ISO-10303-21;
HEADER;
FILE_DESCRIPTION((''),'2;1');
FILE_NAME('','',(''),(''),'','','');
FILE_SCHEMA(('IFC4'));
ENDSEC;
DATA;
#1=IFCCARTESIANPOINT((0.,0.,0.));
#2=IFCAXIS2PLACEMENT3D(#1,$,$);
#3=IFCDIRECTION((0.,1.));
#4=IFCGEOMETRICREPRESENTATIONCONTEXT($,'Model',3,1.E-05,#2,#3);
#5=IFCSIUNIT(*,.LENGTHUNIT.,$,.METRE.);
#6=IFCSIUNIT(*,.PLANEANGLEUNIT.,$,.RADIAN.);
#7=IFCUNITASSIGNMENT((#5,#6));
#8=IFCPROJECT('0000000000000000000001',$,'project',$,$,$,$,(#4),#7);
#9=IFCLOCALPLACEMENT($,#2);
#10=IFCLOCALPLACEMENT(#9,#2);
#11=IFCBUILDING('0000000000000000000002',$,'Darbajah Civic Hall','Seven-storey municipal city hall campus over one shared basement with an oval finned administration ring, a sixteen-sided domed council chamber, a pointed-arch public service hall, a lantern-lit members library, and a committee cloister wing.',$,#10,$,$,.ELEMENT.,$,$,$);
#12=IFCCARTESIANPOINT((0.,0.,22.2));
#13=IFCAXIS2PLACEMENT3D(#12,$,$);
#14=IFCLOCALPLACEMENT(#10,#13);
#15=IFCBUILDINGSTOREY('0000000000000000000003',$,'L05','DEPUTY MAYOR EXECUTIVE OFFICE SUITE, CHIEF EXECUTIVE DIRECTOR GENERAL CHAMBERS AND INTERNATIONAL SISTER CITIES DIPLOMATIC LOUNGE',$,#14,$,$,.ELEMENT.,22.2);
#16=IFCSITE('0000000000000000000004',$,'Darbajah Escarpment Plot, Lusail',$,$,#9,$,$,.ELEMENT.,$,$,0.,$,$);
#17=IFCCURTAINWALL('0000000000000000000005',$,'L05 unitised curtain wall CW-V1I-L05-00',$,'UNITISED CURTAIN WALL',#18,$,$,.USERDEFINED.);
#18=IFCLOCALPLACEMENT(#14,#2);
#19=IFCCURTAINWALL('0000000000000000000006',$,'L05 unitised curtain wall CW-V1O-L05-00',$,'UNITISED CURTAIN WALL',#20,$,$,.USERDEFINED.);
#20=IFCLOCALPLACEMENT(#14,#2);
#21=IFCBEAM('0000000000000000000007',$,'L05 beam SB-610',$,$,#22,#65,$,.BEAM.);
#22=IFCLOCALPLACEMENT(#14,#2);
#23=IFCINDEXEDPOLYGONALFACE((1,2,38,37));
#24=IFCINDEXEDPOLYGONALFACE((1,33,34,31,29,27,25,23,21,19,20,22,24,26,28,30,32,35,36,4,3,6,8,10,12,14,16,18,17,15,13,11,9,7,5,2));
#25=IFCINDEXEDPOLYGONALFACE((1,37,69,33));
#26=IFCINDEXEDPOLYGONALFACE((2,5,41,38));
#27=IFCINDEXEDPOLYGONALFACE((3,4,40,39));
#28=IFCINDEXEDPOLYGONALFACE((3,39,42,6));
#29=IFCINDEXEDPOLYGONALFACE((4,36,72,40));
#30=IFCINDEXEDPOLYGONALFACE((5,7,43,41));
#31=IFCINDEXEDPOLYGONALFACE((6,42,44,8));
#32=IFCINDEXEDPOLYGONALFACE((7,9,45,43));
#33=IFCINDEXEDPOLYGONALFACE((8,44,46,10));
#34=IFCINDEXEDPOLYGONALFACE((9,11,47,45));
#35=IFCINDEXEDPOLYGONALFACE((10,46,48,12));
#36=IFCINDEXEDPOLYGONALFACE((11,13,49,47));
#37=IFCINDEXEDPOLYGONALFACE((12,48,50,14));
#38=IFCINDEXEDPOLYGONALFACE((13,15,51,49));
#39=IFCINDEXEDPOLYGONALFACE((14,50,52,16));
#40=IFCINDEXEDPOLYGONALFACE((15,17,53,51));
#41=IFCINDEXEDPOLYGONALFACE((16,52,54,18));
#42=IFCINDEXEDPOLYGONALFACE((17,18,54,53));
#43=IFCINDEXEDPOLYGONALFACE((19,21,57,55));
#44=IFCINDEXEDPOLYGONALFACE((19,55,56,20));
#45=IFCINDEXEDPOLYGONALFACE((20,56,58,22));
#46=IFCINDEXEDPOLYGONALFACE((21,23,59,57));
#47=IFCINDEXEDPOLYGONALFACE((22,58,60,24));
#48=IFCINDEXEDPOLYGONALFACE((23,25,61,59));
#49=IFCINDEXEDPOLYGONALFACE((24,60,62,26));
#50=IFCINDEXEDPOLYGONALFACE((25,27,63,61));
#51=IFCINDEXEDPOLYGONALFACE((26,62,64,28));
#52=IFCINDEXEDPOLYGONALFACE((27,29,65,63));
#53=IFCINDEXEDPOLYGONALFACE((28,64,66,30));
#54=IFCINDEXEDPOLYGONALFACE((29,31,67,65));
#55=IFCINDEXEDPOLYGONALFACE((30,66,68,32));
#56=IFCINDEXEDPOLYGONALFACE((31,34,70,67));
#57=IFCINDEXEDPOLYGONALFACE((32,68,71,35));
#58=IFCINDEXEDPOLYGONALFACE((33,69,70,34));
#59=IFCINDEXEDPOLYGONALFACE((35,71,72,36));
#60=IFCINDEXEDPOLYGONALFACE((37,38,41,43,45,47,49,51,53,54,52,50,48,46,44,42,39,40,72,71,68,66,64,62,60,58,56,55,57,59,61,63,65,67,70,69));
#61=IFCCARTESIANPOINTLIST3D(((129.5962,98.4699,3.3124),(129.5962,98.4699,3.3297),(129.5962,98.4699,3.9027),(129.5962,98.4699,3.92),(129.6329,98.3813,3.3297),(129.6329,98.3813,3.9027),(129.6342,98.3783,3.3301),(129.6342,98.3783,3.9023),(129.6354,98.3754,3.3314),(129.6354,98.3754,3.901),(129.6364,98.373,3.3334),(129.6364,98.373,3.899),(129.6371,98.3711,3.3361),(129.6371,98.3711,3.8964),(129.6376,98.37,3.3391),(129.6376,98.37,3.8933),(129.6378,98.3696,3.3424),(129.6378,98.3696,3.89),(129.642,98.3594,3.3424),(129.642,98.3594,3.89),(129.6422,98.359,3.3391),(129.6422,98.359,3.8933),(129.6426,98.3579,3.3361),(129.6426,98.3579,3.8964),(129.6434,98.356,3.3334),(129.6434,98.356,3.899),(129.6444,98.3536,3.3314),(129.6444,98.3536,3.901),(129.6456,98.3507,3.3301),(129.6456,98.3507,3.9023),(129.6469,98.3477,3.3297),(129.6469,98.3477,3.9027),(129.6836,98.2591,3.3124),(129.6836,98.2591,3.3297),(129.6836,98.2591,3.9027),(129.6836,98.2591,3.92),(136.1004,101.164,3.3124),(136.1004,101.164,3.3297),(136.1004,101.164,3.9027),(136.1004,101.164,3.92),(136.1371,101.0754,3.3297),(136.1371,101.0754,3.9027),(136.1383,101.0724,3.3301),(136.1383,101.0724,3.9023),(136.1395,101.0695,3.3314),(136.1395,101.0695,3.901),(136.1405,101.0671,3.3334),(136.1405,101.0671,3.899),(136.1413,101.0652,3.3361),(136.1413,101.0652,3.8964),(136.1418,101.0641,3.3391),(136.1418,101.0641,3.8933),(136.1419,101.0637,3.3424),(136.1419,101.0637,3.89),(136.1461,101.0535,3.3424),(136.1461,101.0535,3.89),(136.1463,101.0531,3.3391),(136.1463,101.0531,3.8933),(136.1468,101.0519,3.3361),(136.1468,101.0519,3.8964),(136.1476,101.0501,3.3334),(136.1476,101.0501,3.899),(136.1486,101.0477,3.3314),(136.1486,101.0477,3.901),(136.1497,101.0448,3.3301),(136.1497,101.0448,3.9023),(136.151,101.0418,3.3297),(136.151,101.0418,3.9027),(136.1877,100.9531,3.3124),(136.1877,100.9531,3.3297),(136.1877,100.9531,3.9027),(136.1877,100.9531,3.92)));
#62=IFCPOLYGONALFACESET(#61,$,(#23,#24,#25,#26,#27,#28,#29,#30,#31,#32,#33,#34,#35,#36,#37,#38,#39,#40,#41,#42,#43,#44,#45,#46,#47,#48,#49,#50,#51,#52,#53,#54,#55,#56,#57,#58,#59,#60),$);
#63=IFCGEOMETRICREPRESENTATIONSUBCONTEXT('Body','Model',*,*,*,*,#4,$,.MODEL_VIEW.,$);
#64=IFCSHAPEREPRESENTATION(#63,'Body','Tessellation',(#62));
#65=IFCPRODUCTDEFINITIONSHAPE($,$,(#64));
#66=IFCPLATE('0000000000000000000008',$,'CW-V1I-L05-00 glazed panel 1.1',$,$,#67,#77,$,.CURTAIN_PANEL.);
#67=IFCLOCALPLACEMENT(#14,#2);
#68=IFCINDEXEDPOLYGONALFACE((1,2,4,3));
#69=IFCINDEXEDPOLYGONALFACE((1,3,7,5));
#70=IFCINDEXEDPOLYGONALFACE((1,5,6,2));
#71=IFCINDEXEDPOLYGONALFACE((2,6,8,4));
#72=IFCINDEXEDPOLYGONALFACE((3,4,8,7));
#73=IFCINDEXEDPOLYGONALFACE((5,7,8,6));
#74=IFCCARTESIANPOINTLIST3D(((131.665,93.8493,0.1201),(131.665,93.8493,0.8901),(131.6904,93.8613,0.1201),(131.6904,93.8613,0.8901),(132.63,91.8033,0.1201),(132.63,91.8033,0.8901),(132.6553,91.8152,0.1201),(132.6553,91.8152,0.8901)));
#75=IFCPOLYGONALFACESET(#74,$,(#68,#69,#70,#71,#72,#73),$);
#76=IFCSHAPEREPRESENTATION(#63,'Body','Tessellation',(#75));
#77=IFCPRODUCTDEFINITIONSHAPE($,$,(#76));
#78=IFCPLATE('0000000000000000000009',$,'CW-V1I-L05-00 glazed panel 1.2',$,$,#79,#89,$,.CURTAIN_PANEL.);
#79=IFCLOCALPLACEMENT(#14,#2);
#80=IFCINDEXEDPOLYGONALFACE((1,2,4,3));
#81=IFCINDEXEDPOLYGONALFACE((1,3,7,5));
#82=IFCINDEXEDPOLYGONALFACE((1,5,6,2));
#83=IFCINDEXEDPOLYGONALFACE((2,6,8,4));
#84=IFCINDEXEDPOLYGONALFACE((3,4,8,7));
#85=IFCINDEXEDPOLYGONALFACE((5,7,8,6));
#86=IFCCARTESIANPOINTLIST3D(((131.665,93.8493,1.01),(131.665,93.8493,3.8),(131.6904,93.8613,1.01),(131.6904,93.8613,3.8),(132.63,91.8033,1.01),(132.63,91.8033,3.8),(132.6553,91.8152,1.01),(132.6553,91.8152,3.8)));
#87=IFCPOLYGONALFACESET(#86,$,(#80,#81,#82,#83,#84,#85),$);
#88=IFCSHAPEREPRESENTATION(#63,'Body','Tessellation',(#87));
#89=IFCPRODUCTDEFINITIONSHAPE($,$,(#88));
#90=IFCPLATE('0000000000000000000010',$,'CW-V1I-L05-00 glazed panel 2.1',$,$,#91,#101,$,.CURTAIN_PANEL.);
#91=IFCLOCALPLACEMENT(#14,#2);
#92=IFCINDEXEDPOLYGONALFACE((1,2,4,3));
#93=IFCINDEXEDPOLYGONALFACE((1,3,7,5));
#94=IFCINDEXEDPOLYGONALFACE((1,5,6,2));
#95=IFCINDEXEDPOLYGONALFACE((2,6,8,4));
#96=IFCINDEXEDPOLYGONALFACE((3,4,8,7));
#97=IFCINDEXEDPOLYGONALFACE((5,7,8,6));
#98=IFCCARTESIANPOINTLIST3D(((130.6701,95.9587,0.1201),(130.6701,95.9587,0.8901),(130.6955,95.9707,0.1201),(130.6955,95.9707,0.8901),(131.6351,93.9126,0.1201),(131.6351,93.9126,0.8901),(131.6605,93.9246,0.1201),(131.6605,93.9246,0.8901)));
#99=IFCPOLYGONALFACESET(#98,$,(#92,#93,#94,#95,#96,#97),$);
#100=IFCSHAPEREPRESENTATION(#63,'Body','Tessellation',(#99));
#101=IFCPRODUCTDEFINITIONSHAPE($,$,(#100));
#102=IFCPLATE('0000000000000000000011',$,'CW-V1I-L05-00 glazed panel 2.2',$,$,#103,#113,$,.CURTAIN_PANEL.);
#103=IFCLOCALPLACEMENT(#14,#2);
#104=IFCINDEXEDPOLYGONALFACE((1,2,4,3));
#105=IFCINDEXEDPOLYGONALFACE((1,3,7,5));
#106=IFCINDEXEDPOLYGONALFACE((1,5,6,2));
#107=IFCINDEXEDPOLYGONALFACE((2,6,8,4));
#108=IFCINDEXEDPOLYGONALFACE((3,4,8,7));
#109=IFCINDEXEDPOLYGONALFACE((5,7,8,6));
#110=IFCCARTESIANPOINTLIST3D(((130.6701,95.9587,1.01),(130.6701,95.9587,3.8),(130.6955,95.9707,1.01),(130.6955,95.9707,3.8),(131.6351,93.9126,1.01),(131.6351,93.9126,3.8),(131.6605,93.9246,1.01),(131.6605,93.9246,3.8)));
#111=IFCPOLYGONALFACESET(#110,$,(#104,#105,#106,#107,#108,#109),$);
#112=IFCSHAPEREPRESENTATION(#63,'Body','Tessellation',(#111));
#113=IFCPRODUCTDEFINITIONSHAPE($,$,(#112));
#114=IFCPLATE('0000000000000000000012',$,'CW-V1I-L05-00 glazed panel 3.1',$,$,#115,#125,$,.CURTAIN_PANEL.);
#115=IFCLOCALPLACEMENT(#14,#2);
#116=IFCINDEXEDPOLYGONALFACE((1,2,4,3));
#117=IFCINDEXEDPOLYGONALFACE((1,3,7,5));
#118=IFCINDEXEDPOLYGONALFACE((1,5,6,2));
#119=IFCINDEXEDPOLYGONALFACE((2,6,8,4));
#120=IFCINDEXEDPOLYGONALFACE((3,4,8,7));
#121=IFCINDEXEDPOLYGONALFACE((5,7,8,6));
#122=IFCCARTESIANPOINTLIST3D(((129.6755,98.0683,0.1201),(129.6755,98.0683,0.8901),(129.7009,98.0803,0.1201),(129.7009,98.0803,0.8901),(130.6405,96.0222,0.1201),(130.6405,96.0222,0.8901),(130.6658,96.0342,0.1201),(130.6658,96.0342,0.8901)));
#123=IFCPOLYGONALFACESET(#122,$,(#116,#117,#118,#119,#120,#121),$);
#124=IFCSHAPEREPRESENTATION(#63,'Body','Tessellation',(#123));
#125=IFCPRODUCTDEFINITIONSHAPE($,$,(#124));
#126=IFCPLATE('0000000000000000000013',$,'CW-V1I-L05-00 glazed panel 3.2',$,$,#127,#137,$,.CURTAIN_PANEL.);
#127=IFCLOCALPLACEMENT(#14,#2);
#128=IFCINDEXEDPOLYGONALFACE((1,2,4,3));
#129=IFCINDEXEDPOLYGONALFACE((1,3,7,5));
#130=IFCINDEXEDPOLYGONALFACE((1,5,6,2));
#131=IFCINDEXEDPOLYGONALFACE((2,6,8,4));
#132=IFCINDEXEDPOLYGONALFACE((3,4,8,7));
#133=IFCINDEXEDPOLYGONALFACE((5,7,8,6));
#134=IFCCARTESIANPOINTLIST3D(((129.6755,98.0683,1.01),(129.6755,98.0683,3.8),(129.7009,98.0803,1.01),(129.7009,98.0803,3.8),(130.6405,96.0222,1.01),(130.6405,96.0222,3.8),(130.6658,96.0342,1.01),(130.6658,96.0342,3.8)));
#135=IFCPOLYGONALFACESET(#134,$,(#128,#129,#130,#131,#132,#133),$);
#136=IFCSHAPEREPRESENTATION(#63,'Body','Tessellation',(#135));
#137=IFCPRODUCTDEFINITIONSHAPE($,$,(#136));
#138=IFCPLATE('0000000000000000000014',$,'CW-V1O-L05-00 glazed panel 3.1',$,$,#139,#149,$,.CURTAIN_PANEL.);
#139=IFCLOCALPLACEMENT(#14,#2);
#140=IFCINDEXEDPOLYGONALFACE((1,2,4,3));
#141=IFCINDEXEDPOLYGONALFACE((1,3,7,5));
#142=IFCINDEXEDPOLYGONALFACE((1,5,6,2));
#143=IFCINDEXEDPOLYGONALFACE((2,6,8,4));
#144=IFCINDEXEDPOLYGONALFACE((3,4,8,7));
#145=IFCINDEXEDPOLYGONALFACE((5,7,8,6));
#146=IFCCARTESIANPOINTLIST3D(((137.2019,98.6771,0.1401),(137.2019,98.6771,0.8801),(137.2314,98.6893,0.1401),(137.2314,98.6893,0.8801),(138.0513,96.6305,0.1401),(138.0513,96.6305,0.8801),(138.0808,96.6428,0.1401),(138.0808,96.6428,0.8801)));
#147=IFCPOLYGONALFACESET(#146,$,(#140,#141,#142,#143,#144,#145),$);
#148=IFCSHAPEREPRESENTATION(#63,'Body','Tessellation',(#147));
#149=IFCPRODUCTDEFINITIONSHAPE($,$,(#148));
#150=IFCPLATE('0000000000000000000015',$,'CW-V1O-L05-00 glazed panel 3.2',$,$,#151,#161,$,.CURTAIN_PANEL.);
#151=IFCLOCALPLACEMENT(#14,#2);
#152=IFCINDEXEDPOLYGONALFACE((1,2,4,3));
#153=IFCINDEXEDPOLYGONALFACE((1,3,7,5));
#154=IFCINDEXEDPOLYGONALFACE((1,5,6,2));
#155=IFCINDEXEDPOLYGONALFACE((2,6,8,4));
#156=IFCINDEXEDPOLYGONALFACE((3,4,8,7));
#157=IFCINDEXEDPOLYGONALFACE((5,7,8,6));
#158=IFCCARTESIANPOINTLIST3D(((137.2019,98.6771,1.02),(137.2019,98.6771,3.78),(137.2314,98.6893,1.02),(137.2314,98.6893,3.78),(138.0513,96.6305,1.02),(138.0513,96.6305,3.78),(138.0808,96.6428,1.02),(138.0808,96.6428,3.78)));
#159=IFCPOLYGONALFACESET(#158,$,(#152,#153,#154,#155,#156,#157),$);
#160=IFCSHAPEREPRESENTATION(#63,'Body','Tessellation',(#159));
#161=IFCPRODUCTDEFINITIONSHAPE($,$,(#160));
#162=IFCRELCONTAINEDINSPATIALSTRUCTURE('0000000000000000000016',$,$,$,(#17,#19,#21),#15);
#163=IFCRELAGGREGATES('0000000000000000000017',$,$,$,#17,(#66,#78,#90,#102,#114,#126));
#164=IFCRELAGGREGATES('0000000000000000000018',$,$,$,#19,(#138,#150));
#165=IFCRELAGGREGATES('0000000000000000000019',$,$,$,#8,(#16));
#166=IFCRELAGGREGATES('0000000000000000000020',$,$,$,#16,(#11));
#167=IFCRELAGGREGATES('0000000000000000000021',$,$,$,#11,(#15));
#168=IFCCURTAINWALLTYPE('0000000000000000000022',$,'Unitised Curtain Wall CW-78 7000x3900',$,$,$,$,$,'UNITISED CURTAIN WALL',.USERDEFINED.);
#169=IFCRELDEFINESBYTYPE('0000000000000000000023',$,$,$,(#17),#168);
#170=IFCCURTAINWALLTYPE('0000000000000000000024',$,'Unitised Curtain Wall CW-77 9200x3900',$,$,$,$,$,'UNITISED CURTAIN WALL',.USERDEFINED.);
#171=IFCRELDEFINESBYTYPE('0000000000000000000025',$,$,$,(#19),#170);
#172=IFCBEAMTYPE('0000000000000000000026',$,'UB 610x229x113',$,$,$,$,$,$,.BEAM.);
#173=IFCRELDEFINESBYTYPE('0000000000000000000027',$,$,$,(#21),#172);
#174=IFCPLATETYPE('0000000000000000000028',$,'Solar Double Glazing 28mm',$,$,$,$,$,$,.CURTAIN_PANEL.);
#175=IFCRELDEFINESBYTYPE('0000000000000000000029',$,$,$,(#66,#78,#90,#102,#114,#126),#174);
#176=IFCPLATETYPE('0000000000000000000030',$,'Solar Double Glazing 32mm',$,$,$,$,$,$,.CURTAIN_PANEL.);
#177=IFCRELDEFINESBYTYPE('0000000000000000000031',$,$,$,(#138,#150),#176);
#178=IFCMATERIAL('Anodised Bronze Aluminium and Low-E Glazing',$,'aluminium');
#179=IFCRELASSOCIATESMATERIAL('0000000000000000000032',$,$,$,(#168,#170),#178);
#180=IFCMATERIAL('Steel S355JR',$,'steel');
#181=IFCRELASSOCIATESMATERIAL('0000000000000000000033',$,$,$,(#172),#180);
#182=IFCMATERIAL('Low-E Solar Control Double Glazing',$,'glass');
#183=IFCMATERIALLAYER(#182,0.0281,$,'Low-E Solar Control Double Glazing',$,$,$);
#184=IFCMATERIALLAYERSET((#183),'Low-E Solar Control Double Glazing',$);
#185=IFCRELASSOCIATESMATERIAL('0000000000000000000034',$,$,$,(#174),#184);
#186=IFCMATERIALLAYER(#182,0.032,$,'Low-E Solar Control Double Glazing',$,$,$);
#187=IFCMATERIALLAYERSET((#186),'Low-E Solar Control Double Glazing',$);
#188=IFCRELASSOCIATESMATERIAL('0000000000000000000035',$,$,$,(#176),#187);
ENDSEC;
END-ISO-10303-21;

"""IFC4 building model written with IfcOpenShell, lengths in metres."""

from ifc_helpers import new_model, si_unit, direction, frame, origin, origin_2d, place, context, subcontext, project, spatial, rectangle, i_section, extrude, material, layer, layer_set, material_profile, profile_set, type_object, element, aggregate, save


model = new_model("IFC4")

# Units and contexts
model_context = context("Model", 3, precision=1e-05, world=origin(), true_north=direction((0.0, 1.0)))
body_context = subcontext(model_context, "Body", "Model", "MODEL_VIEW")
ifc_project = project(units=[si_unit("LENGTHUNIT", "METRE"), si_unit("PLANEANGLEUNIT", "RADIAN")], contexts=[model_context])

# Site, building, storey
site_placement = place(None, origin())
site = spatial("IfcSite", under=ifc_project, at=site_placement, Name="Darbajah Escarpment Plot, Lusail", CompositionType="ELEMENT", RefElevation=0.0)
building_placement = place(site_placement, origin())
building = spatial("IfcBuilding", under=site, at=building_placement, Name="Darbajah Civic Hall", Description="Seven-storey municipal city hall campus over one shared basement with an oval finned administration ring, a sixteen-sided domed council chamber, a pointed-arch public service hall, a lantern-lit members library, and a committee cloister wing.", CompositionType="ELEMENT")
storey_placement = place(building_placement, frame((0.0, 0.0, 22.2)))
storey = spatial("IfcBuildingStorey", under=building, at=storey_placement, Name="L05", Description="DEPUTY MAYOR EXECUTIVE OFFICE SUITE, CHIEF EXECUTIVE DIRECTOR GENERAL CHAMBERS AND INTERNATIONAL SISTER CITIES DIPLOMATIC LOUNGE", CompositionType="ELEMENT", Elevation=22.2)

# Curtain wall
ifc_material_1 = material(Name="Anodised Bronze Aluminium and Low-E Glazing", Category="aluminium")
curtain_wall_type_1 = type_object("IfcCurtainWallType", Name="Unitised Curtain Wall CW-78 7000x3900", ElementType="UNITISED CURTAIN WALL", PredefinedType="USERDEFINED", material=ifc_material_1)
curtain_wall_1_placement = place(storey_placement, origin())
curtain_wall_1 = element("IfcCurtainWall", 1, at=curtain_wall_1_placement, inside=storey, type_object=curtain_wall_type_1, Name="L05 unitised curtain wall CW-V1I-L05-00", ObjectType="UNITISED CURTAIN WALL", PredefinedType="USERDEFINED")

# Curtain wall
curtain_wall_type_2 = type_object("IfcCurtainWallType", Name="Unitised Curtain Wall CW-77 9200x3900", ElementType="UNITISED CURTAIN WALL", PredefinedType="USERDEFINED", material=ifc_material_1)
curtain_wall_2_placement = place(storey_placement, origin())
curtain_wall_2 = element("IfcCurtainWall", 2, at=curtain_wall_2_placement, inside=storey, type_object=curtain_wall_type_2, Name="L05 unitised curtain wall CW-V1O-L05-00", ObjectType="UNITISED CURTAIN WALL", PredefinedType="USERDEFINED")

# Beam
ifc_material_2 = material(Name="Steel S355JR", Category="steel")
ifc_material_profile_1 = material_profile(ifc_material_2, i_section(OverallWidth=0.2283, OverallDepth=0.6077, WebThickness=0.011, FlangeThickness=0.0173, FilletRadius=0.0127, at=origin_2d()), Name="UB 610x229x113")
ifc_profile_set_1 = profile_set([ifc_material_profile_1], Name="Steel S355JR")
beam_type_1 = type_object("IfcBeamType", Name="UB 610x229x113", PredefinedType="BEAM", material=ifc_profile_set_1)
for number, where, z_axis, x_axis, name in (
    (3, (129.6399, 98.3645, 3.6162), (0.92388, 0.382682, 0.0), (-0.382682, 0.92388, 0.0), "L05 beam SB-610"),
):
    element("IfcBeam", number, at=place(storey_placement, frame(where, z_axis=z_axis, x_axis=x_axis)), inside=storey, type_object=beam_type_1, Name=name, PredefinedType="BEAM", context=body_context, shape_type="SweptSolid", body=[
        extrude(i_section(OverallWidth=0.2283, OverallDepth=0.6077, WebThickness=0.011, FlangeThickness=0.0173, FilletRadius=0.0127, at=origin_2d()), origin(), (0.0, 0.0, 1.0), 7.04),
    ])

# Plates
ifc_material_3 = material(Name="Low-E Solar Control Double Glazing", Category="glass")
ifc_layer_1 = layer(ifc_material_3, 0.0281, Name="Low-E Solar Control Double Glazing")
ifc_layer_set_1 = layer_set([ifc_layer_1], Name="Low-E Solar Control Double Glazing")
plate_type_1 = type_object("IfcPlateType", Name="Solar Double Glazing 28mm", PredefinedType="CURTAIN_PANEL", material=ifc_layer_set_1)
plate_1_placement = place(storey_placement, frame((132.1602, 92.8323, 0.1201), z_axis=(0.0, 0.0, 1.0), x_axis=(-0.426569, 0.904455, 0.0)))
plate_1 = element("IfcPlate", 4, at=plate_1_placement, type_object=plate_type_1, Name="CW-V1I-L05-00 glazed panel 1.1", PredefinedType="CURTAIN_PANEL", context=body_context, shape_type="SweptSolid", body=[
    extrude(rectangle(XDim=2.2622, YDim=0.0281, at=origin_2d()), origin(), (0.0, 0.0, 1.0), 0.77),
])
plate_2_placement = place(storey_placement, frame((132.1602, 92.8323, 1.01), z_axis=(0.0, 0.0, 1.0), x_axis=(-0.426569, 0.904455, 0.0)))
plate_2 = element("IfcPlate", 5, at=plate_2_placement, type_object=plate_type_1, Name="CW-V1I-L05-00 glazed panel 1.2", PredefinedType="CURTAIN_PANEL", context=body_context, shape_type="SweptSolid", body=[
    extrude(rectangle(XDim=2.2622, YDim=0.0281, at=origin_2d()), origin(), (0.0, 0.0, 1.0), 2.79),
])
plate_3_placement = place(storey_placement, frame((131.1653, 94.9417, 0.1201), z_axis=(0.0, 0.0, 1.0), x_axis=(-0.426569, 0.904455, 0.0)))
plate_3 = element("IfcPlate", 6, at=plate_3_placement, type_object=plate_type_1, Name="CW-V1I-L05-00 glazed panel 2.1", PredefinedType="CURTAIN_PANEL", context=body_context, shape_type="SweptSolid", body=[
    extrude(rectangle(XDim=2.2622, YDim=0.0281, at=origin_2d()), origin(), (0.0, 0.0, 1.0), 0.77),
])
plate_4_placement = place(storey_placement, frame((131.1653, 94.9417, 1.01), z_axis=(0.0, 0.0, 1.0), x_axis=(-0.426569, 0.904455, 0.0)))
plate_4 = element("IfcPlate", 7, at=plate_4_placement, type_object=plate_type_1, Name="CW-V1I-L05-00 glazed panel 2.2", PredefinedType="CURTAIN_PANEL", context=body_context, shape_type="SweptSolid", body=[
    extrude(rectangle(XDim=2.2622, YDim=0.0281, at=origin_2d()), origin(), (0.0, 0.0, 1.0), 2.79),
])
plate_5_placement = place(storey_placement, frame((130.1707, 97.0513, 0.1201), z_axis=(0.0, 0.0, 1.0), x_axis=(-0.426569, 0.904455, 0.0)))
plate_5 = element("IfcPlate", 8, at=plate_5_placement, type_object=plate_type_1, Name="CW-V1I-L05-00 glazed panel 3.1", PredefinedType="CURTAIN_PANEL", context=body_context, shape_type="SweptSolid", body=[
    extrude(rectangle(XDim=2.2622, YDim=0.0281, at=origin_2d()), origin(), (0.0, 0.0, 1.0), 0.77),
])
plate_6_placement = place(storey_placement, frame((130.1707, 97.0513, 1.01), z_axis=(0.0, 0.0, 1.0), x_axis=(-0.426569, 0.904455, 0.0)))
plate_6 = element("IfcPlate", 9, at=plate_6_placement, type_object=plate_type_1, Name="CW-V1I-L05-00 glazed panel 3.2", PredefinedType="CURTAIN_PANEL", context=body_context, shape_type="SweptSolid", body=[
    extrude(rectangle(XDim=2.2622, YDim=0.0281, at=origin_2d()), origin(), (0.0, 0.0, 1.0), 2.79),
])
aggregate(curtain_wall_1, [plate_1, plate_2, plate_3, plate_4, plate_5, plate_6])
ifc_layer_2 = layer(ifc_material_3, 0.032, Name="Low-E Solar Control Double Glazing")
ifc_layer_set_2 = layer_set([ifc_layer_2], Name="Low-E Solar Control Double Glazing")
plate_type_2 = type_object("IfcPlateType", Name="Solar Double Glazing 32mm", PredefinedType="CURTAIN_PANEL", material=ifc_layer_set_2)
plate_7_placement = place(storey_placement, frame((137.6414, 97.6599, 0.1401), z_axis=(0.0, 0.0, 1.0), x_axis=(-0.383328, 0.923612, 0.0)))
plate_7 = element("IfcPlate", 10, at=plate_7_placement, type_object=plate_type_2, Name="CW-V1O-L05-00 glazed panel 3.1", PredefinedType="CURTAIN_PANEL", context=body_context, shape_type="SweptSolid", body=[
    extrude(rectangle(XDim=2.2158, YDim=0.032, at=origin_2d()), origin(), (0.0, 0.0, 1.0), 0.74),
])
plate_8_placement = place(storey_placement, frame((137.6414, 97.6599, 1.02), z_axis=(0.0, 0.0, 1.0), x_axis=(-0.383328, 0.923612, 0.0)))
plate_8 = element("IfcPlate", 11, at=plate_8_placement, type_object=plate_type_2, Name="CW-V1O-L05-00 glazed panel 3.2", PredefinedType="CURTAIN_PANEL", context=body_context, shape_type="SweptSolid", body=[
    extrude(rectangle(XDim=2.2158, YDim=0.032, at=origin_2d()), origin(), (0.0, 0.0, 1.0), 2.76),
])
aggregate(curtain_wall_2, [plate_7, plate_8])

save(model, "model.ifc")
